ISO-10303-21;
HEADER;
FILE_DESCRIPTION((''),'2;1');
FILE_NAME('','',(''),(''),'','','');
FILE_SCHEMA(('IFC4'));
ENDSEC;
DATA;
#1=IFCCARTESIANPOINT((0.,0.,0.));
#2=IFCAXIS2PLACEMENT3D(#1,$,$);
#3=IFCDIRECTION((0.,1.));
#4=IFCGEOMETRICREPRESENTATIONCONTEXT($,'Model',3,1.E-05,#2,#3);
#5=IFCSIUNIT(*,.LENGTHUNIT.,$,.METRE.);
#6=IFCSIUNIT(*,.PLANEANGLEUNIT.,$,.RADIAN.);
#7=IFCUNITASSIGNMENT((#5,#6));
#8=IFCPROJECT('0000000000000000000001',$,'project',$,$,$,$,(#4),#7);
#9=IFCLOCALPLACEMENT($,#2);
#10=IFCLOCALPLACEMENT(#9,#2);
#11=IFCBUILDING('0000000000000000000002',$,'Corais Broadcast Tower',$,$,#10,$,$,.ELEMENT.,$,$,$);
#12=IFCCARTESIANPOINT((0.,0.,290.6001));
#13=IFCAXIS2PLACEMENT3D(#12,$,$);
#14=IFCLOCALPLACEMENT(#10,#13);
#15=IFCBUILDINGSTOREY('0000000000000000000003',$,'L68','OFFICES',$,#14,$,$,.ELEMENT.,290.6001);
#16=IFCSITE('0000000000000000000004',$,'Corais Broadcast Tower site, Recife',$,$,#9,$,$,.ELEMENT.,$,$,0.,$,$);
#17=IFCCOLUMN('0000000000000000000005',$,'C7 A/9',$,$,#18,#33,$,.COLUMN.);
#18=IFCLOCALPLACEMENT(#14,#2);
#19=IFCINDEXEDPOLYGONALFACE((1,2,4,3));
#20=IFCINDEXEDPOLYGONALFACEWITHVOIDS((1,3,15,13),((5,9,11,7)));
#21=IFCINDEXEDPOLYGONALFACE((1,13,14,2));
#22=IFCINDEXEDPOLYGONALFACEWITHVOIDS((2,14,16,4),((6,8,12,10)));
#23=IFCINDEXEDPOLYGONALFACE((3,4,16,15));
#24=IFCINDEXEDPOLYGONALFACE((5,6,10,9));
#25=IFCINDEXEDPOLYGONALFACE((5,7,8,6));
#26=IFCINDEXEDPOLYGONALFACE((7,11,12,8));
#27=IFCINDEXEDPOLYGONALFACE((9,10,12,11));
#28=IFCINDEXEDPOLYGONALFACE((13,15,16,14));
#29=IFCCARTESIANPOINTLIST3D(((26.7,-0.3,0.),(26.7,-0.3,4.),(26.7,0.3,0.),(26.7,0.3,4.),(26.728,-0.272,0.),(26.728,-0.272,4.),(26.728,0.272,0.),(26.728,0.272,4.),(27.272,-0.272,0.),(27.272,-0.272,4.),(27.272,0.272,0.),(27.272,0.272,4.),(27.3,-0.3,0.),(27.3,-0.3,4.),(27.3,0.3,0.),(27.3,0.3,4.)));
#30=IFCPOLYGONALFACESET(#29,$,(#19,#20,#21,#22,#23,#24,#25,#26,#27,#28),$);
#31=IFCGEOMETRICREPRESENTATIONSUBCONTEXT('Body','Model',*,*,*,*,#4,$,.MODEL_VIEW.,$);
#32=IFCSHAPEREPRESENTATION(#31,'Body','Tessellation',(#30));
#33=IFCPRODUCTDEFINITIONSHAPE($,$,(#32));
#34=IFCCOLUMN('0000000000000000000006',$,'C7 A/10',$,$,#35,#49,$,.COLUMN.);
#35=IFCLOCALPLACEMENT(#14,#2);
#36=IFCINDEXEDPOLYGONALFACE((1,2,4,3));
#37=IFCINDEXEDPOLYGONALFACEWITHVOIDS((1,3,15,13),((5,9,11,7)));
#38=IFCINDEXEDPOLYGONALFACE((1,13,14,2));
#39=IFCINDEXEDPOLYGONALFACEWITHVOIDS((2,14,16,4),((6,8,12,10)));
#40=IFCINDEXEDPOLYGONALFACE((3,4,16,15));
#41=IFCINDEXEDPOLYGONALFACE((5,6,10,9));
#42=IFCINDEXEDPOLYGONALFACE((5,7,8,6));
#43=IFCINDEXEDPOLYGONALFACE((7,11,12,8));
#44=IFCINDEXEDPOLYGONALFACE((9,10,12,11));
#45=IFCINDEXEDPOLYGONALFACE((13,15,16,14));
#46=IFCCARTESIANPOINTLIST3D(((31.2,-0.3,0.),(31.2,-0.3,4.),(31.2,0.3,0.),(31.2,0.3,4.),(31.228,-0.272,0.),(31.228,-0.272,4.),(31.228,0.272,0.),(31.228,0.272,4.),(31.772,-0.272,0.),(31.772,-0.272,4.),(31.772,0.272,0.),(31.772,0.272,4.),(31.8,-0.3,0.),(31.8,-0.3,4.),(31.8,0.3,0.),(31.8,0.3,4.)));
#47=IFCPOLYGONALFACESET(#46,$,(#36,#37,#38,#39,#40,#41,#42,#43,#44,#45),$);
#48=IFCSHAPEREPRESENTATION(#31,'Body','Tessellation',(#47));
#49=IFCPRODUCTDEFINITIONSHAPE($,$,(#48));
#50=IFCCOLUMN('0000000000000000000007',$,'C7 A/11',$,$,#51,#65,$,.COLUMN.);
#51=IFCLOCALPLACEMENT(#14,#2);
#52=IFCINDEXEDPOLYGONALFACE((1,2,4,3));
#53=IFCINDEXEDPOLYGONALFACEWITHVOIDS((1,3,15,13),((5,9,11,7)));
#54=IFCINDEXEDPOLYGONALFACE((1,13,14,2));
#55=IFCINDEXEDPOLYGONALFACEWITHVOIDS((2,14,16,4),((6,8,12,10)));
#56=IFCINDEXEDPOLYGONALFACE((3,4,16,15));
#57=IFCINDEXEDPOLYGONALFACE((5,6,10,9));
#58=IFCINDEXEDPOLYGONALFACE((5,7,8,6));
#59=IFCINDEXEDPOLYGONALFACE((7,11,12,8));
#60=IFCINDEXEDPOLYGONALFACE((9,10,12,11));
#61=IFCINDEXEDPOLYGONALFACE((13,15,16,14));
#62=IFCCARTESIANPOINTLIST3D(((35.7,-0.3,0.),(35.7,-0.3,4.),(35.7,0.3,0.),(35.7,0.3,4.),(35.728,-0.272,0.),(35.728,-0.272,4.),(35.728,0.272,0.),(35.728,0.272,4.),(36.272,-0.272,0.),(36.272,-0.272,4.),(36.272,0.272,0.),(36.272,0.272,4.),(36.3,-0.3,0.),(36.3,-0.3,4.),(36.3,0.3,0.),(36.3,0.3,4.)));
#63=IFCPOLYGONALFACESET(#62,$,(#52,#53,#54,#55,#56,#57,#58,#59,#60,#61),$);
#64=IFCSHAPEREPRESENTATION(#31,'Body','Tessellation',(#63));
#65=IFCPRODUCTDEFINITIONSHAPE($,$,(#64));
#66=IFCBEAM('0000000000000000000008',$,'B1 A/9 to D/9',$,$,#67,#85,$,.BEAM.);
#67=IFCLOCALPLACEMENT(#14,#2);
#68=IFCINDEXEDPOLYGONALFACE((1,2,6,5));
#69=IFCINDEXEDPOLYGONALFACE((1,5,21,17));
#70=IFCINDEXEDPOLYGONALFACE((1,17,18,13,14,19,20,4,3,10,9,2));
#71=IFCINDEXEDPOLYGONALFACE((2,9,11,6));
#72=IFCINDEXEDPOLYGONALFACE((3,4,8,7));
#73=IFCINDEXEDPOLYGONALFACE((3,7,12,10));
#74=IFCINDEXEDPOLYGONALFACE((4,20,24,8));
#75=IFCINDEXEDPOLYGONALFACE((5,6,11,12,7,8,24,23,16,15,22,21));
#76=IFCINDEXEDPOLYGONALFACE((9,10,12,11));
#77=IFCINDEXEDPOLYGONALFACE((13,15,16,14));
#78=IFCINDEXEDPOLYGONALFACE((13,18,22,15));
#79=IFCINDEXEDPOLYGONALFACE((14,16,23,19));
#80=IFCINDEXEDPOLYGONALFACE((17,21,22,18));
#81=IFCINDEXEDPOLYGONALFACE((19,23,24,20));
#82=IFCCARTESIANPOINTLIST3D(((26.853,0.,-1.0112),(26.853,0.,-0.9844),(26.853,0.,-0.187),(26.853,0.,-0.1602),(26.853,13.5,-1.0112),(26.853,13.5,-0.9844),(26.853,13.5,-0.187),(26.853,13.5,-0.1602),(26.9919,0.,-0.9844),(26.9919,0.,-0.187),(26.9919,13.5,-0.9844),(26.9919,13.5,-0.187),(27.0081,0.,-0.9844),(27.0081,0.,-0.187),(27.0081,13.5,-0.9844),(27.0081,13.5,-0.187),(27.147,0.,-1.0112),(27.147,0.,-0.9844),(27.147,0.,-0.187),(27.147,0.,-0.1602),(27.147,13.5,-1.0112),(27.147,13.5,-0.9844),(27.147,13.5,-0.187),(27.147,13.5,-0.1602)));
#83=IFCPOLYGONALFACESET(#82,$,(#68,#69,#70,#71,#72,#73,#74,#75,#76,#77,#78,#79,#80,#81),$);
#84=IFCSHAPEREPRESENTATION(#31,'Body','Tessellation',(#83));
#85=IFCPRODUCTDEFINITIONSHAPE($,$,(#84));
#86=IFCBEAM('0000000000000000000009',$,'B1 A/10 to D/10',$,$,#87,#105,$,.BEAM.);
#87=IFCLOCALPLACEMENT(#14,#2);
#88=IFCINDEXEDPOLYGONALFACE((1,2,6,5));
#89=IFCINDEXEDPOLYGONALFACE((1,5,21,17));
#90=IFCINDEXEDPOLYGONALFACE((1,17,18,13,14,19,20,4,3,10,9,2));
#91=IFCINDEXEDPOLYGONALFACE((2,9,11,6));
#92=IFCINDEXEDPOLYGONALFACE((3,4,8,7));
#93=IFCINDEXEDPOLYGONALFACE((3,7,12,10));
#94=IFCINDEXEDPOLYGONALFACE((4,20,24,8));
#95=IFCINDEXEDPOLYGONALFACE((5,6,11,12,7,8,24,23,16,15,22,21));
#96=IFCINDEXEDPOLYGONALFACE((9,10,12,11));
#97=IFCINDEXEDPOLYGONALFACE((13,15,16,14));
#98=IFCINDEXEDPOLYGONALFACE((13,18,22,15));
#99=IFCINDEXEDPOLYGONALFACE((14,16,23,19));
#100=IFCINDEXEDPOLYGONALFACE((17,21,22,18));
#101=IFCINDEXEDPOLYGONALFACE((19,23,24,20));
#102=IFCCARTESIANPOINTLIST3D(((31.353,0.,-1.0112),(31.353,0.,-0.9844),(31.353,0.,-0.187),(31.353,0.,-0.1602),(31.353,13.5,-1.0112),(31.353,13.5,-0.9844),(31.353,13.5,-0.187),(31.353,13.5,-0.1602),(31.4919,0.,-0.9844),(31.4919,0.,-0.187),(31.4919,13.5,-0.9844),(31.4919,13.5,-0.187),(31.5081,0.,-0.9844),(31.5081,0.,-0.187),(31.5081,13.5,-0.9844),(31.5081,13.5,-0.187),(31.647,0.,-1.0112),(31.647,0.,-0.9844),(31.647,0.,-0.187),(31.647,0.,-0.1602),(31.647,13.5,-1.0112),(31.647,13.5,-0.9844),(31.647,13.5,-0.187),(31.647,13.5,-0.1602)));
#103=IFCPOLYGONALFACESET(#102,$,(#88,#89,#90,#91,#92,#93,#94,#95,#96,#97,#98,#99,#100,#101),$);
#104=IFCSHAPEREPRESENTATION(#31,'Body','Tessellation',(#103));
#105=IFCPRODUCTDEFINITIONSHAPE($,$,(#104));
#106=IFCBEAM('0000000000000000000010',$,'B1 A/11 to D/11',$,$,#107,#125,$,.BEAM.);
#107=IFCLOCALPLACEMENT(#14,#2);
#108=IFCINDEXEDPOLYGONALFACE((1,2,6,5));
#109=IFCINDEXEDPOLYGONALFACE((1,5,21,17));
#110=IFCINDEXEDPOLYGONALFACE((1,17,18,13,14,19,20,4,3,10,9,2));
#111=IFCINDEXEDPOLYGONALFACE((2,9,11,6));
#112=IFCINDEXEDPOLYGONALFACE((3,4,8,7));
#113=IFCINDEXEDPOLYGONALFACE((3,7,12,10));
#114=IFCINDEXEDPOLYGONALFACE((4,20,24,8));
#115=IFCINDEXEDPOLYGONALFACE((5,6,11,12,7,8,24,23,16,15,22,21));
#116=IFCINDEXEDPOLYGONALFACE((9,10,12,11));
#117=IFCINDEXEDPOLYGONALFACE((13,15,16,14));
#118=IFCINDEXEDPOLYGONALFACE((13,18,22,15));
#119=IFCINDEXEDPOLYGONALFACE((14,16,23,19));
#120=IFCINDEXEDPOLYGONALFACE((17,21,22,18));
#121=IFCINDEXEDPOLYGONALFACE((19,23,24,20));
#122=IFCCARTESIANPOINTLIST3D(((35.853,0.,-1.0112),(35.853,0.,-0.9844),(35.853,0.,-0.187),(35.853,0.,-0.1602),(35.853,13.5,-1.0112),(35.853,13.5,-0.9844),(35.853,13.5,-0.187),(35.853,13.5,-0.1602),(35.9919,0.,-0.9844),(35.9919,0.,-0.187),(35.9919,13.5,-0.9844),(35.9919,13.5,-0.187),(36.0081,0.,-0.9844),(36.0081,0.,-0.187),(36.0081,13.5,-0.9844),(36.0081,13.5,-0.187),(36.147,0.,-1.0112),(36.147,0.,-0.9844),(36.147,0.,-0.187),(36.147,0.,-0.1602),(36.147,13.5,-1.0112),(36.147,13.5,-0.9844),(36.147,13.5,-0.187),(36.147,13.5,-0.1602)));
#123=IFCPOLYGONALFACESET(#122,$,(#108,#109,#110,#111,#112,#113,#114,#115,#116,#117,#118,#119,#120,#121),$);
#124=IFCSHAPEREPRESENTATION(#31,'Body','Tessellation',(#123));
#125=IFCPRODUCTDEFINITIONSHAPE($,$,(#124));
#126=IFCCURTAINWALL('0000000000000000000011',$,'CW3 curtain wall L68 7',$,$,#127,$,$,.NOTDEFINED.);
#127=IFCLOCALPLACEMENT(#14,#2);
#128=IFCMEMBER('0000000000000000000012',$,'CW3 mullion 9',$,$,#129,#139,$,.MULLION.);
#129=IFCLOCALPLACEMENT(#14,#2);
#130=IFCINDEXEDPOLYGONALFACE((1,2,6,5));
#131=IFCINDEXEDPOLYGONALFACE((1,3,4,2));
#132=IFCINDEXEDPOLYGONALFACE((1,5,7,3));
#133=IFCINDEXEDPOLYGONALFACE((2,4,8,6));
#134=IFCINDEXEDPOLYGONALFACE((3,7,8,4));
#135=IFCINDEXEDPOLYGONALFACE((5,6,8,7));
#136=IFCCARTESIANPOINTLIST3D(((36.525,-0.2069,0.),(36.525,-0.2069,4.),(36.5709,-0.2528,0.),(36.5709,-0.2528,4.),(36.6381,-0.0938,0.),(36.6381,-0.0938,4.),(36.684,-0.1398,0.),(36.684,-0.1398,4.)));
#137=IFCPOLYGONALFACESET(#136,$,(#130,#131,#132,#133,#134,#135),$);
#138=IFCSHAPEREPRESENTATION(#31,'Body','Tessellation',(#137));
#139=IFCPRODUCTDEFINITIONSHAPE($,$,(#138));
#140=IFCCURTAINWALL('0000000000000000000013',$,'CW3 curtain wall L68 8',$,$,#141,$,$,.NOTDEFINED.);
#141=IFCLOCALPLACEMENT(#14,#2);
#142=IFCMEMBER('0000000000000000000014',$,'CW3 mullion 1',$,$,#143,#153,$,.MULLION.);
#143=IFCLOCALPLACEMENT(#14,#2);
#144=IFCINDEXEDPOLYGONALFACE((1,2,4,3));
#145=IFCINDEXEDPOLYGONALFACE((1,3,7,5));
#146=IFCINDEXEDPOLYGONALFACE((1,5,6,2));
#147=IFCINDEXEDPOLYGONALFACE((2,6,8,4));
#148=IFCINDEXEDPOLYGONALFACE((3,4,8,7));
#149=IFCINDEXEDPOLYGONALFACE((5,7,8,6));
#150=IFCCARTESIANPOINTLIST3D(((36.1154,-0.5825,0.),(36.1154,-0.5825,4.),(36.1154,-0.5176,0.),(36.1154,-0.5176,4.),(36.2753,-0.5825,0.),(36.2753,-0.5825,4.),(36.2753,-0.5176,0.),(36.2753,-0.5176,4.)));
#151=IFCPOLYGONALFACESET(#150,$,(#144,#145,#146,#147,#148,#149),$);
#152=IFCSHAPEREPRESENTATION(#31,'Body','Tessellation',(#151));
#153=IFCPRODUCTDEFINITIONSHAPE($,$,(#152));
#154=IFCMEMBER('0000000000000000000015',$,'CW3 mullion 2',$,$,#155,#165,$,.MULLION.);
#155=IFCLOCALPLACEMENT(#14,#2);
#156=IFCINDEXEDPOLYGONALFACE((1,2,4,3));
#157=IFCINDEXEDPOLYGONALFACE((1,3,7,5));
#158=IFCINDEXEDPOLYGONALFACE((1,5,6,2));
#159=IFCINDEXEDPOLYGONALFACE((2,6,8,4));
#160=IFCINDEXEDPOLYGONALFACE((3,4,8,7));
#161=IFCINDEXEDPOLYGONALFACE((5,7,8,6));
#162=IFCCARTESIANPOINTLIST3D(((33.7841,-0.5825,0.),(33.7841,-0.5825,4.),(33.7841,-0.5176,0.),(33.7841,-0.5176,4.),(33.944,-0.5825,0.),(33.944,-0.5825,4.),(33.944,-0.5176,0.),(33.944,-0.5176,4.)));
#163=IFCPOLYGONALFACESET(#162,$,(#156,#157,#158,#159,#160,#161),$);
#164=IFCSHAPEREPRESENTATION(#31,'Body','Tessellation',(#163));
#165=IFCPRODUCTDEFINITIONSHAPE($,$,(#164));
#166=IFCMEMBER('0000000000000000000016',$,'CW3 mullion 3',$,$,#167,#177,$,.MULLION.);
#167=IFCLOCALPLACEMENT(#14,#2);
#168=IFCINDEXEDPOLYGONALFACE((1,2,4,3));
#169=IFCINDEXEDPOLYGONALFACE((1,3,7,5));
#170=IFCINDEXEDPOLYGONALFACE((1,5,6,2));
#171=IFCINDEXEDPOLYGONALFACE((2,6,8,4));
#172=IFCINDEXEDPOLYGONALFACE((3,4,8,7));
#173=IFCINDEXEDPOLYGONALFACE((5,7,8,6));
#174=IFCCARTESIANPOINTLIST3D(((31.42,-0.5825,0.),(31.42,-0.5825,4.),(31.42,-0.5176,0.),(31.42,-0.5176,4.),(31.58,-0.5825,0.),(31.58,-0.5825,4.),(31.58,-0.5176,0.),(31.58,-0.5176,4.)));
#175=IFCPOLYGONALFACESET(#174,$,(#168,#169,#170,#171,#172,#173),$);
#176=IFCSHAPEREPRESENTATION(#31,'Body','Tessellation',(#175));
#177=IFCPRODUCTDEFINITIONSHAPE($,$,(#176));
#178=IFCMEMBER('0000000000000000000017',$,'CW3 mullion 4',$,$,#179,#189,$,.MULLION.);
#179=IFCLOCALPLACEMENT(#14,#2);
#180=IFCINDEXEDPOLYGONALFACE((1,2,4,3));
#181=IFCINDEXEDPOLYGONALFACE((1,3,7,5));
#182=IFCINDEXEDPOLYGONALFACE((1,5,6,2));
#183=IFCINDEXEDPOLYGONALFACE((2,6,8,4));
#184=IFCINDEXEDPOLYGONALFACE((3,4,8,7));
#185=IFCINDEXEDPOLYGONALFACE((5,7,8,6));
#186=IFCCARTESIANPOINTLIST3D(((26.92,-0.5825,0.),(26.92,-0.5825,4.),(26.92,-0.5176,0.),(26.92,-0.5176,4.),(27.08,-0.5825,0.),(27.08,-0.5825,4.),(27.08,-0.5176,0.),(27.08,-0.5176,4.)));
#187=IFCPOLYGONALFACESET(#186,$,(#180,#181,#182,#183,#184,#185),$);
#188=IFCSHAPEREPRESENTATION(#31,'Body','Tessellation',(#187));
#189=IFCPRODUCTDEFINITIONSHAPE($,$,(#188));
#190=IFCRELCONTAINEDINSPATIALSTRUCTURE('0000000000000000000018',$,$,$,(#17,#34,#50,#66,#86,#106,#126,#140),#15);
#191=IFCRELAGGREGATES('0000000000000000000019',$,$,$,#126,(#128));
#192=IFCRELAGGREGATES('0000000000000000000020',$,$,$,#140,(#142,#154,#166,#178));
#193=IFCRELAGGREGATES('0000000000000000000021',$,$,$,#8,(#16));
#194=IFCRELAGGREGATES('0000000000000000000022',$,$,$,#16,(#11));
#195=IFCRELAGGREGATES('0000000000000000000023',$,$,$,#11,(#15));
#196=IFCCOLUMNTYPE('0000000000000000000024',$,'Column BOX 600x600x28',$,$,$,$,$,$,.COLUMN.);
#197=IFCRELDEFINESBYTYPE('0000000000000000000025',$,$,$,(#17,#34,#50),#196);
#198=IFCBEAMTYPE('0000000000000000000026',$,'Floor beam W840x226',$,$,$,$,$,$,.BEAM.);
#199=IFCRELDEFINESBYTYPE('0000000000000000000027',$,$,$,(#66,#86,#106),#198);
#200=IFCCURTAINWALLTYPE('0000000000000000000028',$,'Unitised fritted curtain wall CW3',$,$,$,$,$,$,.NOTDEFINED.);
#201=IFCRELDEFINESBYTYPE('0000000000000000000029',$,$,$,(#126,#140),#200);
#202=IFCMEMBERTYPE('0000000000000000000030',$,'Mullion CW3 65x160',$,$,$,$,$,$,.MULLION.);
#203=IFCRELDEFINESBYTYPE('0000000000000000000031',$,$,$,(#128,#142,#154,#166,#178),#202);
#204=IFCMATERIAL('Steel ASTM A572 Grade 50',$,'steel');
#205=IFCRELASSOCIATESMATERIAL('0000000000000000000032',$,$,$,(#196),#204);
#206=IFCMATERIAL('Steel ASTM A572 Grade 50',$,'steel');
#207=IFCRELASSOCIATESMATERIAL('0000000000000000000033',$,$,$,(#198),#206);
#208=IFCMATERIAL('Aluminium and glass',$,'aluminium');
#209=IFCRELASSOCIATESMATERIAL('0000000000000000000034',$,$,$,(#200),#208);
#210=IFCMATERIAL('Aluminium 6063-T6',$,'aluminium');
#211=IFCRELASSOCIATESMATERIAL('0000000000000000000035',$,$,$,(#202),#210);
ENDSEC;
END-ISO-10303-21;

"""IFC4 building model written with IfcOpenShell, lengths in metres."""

from ifc_helpers import new_model, si_unit, direction, frame, origin, origin_2d, place, context, subcontext, project, spatial, rectangle, hollow_rectangle, i_section, extrude, material, material_profile, profile_set, type_object, element, aggregate, save


model = new_model("IFC4")

# Units and contexts
model_context = context("Model", 3, precision=1e-05, world=origin(), true_north=direction((0.0, 1.0)))
body_context = subcontext(model_context, "Body", "Model", "MODEL_VIEW")
ifc_project = project(units=[si_unit("LENGTHUNIT", "METRE"), si_unit("PLANEANGLEUNIT", "RADIAN")], contexts=[model_context])

# Site, building, storey
site_placement = place(None, origin())
site = spatial("IfcSite", under=ifc_project, at=site_placement, Name="Corais Broadcast Tower site, Recife", CompositionType="ELEMENT", RefElevation=0.0)
building_placement = place(site_placement, origin())
building = spatial("IfcBuilding", under=site, at=building_placement, Name="Corais Broadcast Tower", CompositionType="ELEMENT")
storey_placement = place(building_placement, frame((0.0, 0.0, 290.6001)))
storey = spatial("IfcBuildingStorey", under=building, at=storey_placement, Name="L68", Description="OFFICES", CompositionType="ELEMENT", Elevation=290.6001)

# Columns
ifc_material_1 = material(Name="Steel ASTM A572 Grade 50", Category="steel")
ifc_material_profile_1 = material_profile(ifc_material_1, hollow_rectangle(XDim=0.6001, YDim=0.6001, WallThickness=0.0281, at=origin_2d()), Name="BOX 600x600x28")
ifc_profile_set_1 = profile_set([ifc_material_profile_1], Name="Steel ASTM A572 Grade 50")
column_type = type_object("IfcColumnType", Name="Column BOX 600x600x28", PredefinedType="COLUMN", material=ifc_profile_set_1)
for number, where, z_axis, x_axis, name in (
    (1, (27.0, 0.0, 0.0), (0.0, 0.0, 1.0), (1.0, 0.0, 0.0), "C7 A/9"),
    (2, (31.5, 0.0, 0.0), (0.0, 0.0, 1.0), (1.0, 0.0, 0.0), "C7 A/10"),
    (3, (36.0, 0.0, 0.0), (0.0, 0.0, 1.0), (1.0, 0.0, 0.0), "C7 A/11"),
):
    element("IfcColumn", number, at=place(storey_placement, frame(where, z_axis=z_axis, x_axis=x_axis)), inside=storey, type_object=column_type, Name=name, PredefinedType="COLUMN", context=body_context, shape_type="SweptSolid", body=[
        extrude(hollow_rectangle(XDim=0.6001, YDim=0.6001, WallThickness=0.0281, at=origin_2d()), origin(), (0.0, 0.0, 1.0), 4.0),
    ])

# Beams
ifc_material_2 = material(Name="Steel ASTM A572 Grade 50", Category="steel")
ifc_material_profile_2 = material_profile(ifc_material_2, i_section(OverallWidth=0.2939, OverallDepth=0.8511, WebThickness=0.0161, FlangeThickness=0.0269, at=origin_2d()), Name="W840x226")
ifc_profile_set_2 = profile_set([ifc_material_profile_2], Name="Steel ASTM A572 Grade 50")
beam_type_1 = type_object("IfcBeamType", Name="Floor beam W840x226", PredefinedType="BEAM", material=ifc_profile_set_2)
for number, where, z_axis, x_axis, name in (
    (4, (27.0, 0.0, -0.5857), (0.0, 1.0, 0.0), (-1.0, 0.0, 0.0), "B1 A/9 to D/9"),
    (5, (31.5, 0.0, -0.5857), (0.0, 1.0, 0.0), (-1.0, 0.0, 0.0), "B1 A/10 to D/10"),
    (6, (36.0, 0.0, -0.5857), (0.0, 1.0, 0.0), (-1.0, 0.0, 0.0), "B1 A/11 to D/11"),
):
    element("IfcBeam", number, at=place(storey_placement, frame(where, z_axis=z_axis, x_axis=x_axis)), inside=storey, type_object=beam_type_1, Name=name, PredefinedType="BEAM", context=body_context, shape_type="SweptSolid", body=[
        extrude(i_section(OverallWidth=0.2939, OverallDepth=0.8511, WebThickness=0.0161, FlangeThickness=0.0269, at=origin_2d()), origin(), (0.0, 0.0, 1.0), 13.5),
    ])

# Curtain wall, member
ifc_material_3 = material(Name="Aluminium and glass", Category="aluminium")
curtain_wall_type = type_object("IfcCurtainWallType", Name="Unitised fritted curtain wall CW3", PredefinedType="NOTDEFINED", material=ifc_material_3)
curtain_wall_1_placement = place(storey_placement, origin())
curtain_wall_1 = element("IfcCurtainWall", 7, at=curtain_wall_1_placement, inside=storey, type_object=curtain_wall_type, Name="CW3 curtain wall L68 7", PredefinedType="NOTDEFINED")
ifc_material_4 = material(Name="Aluminium 6063-T6", Category="aluminium")
ifc_material_profile_3 = material_profile(ifc_material_4, rectangle(XDim=0.0649, YDim=0.1599, at=origin_2d()), Name="Mullion CW3 65x160")
ifc_profile_set_3 = profile_set([ifc_material_profile_3], Name="Aluminium 6063-T6")
member_type_1 = type_object("IfcMemberType", Name="Mullion CW3 65x160", PredefinedType="MULLION", material=ifc_profile_set_3)
member_1_placement = place(storey_placement, frame((36.6045, -0.1733, 0.0), z_axis=(0.0, 0.0, 1.0), x_axis=(0.707107, -0.707107, 0.0)))
member_1 = element("IfcMember", 8, at=member_1_placement, type_object=member_type_1, Name="CW3 mullion 9", PredefinedType="MULLION", context=body_context, shape_type="SweptSolid", body=[
    extrude(rectangle(XDim=0.0649, YDim=0.1599, at=origin_2d()), origin(), (0.0, 0.0, 1.0), 4.0),
])

# Curtain wall, members
curtain_wall_2_placement = place(storey_placement, origin())
curtain_wall_2 = element("IfcCurtainWall", 9, at=curtain_wall_2_placement, inside=storey, type_object=curtain_wall_type, Name="CW3 curtain wall L68 8", PredefinedType="NOTDEFINED")
member_2_placement = place(storey_placement, frame((36.1953, -0.55, 0.0), z_axis=(0.0, 0.0, 1.0), x_axis=(0.0, -1.0, 0.0)))
member_2 = element("IfcMember", 10, at=member_2_placement, type_object=member_type_1, Name="CW3 mullion 1", PredefinedType="MULLION", context=body_context, shape_type="SweptSolid", body=[
    extrude(rectangle(XDim=0.0649, YDim=0.1599, at=origin_2d()), origin(), (0.0, 0.0, 1.0), 4.0),
])
member_3_placement = place(storey_placement, frame((33.864, -0.55, 0.0), z_axis=(0.0, 0.0, 1.0), x_axis=(0.0, -1.0, 0.0)))
member_3 = element("IfcMember", 11, at=member_3_placement, type_object=member_type_1, Name="CW3 mullion 2", PredefinedType="MULLION", context=body_context, shape_type="SweptSolid", body=[
    extrude(rectangle(XDim=0.0649, YDim=0.1599, at=origin_2d()), origin(), (0.0, 0.0, 1.0), 4.0),
])
member_4_placement = place(storey_placement, frame((31.5, -0.55, 0.0), z_axis=(0.0, 0.0, 1.0), x_axis=(0.0, -1.0, 0.0)))
member_4 = element("IfcMember", 12, at=member_4_placement, type_object=member_type_1, Name="CW3 mullion 3", PredefinedType="MULLION", context=body_context, shape_type="SweptSolid", body=[
    extrude(rectangle(XDim=0.0649, YDim=0.1599, at=origin_2d()), origin(), (0.0, 0.0, 1.0), 4.0),
])
member_5_placement = place(storey_placement, frame((27.0, -0.55, 0.0), z_axis=(0.0, 0.0, 1.0), x_axis=(0.0, -1.0, 0.0)))
member_5 = element("IfcMember", 13, at=member_5_placement, type_object=member_type_1, Name="CW3 mullion 4", PredefinedType="MULLION", context=body_context, shape_type="SweptSolid", body=[
    extrude(rectangle(XDim=0.0649, YDim=0.1599, at=origin_2d()), origin(), (0.0, 0.0, 1.0), 4.0),
])

aggregate(curtain_wall_1, [member_1])
aggregate(curtain_wall_2, [member_2, member_3, member_4, member_5])

save(model, "model.ifc")
